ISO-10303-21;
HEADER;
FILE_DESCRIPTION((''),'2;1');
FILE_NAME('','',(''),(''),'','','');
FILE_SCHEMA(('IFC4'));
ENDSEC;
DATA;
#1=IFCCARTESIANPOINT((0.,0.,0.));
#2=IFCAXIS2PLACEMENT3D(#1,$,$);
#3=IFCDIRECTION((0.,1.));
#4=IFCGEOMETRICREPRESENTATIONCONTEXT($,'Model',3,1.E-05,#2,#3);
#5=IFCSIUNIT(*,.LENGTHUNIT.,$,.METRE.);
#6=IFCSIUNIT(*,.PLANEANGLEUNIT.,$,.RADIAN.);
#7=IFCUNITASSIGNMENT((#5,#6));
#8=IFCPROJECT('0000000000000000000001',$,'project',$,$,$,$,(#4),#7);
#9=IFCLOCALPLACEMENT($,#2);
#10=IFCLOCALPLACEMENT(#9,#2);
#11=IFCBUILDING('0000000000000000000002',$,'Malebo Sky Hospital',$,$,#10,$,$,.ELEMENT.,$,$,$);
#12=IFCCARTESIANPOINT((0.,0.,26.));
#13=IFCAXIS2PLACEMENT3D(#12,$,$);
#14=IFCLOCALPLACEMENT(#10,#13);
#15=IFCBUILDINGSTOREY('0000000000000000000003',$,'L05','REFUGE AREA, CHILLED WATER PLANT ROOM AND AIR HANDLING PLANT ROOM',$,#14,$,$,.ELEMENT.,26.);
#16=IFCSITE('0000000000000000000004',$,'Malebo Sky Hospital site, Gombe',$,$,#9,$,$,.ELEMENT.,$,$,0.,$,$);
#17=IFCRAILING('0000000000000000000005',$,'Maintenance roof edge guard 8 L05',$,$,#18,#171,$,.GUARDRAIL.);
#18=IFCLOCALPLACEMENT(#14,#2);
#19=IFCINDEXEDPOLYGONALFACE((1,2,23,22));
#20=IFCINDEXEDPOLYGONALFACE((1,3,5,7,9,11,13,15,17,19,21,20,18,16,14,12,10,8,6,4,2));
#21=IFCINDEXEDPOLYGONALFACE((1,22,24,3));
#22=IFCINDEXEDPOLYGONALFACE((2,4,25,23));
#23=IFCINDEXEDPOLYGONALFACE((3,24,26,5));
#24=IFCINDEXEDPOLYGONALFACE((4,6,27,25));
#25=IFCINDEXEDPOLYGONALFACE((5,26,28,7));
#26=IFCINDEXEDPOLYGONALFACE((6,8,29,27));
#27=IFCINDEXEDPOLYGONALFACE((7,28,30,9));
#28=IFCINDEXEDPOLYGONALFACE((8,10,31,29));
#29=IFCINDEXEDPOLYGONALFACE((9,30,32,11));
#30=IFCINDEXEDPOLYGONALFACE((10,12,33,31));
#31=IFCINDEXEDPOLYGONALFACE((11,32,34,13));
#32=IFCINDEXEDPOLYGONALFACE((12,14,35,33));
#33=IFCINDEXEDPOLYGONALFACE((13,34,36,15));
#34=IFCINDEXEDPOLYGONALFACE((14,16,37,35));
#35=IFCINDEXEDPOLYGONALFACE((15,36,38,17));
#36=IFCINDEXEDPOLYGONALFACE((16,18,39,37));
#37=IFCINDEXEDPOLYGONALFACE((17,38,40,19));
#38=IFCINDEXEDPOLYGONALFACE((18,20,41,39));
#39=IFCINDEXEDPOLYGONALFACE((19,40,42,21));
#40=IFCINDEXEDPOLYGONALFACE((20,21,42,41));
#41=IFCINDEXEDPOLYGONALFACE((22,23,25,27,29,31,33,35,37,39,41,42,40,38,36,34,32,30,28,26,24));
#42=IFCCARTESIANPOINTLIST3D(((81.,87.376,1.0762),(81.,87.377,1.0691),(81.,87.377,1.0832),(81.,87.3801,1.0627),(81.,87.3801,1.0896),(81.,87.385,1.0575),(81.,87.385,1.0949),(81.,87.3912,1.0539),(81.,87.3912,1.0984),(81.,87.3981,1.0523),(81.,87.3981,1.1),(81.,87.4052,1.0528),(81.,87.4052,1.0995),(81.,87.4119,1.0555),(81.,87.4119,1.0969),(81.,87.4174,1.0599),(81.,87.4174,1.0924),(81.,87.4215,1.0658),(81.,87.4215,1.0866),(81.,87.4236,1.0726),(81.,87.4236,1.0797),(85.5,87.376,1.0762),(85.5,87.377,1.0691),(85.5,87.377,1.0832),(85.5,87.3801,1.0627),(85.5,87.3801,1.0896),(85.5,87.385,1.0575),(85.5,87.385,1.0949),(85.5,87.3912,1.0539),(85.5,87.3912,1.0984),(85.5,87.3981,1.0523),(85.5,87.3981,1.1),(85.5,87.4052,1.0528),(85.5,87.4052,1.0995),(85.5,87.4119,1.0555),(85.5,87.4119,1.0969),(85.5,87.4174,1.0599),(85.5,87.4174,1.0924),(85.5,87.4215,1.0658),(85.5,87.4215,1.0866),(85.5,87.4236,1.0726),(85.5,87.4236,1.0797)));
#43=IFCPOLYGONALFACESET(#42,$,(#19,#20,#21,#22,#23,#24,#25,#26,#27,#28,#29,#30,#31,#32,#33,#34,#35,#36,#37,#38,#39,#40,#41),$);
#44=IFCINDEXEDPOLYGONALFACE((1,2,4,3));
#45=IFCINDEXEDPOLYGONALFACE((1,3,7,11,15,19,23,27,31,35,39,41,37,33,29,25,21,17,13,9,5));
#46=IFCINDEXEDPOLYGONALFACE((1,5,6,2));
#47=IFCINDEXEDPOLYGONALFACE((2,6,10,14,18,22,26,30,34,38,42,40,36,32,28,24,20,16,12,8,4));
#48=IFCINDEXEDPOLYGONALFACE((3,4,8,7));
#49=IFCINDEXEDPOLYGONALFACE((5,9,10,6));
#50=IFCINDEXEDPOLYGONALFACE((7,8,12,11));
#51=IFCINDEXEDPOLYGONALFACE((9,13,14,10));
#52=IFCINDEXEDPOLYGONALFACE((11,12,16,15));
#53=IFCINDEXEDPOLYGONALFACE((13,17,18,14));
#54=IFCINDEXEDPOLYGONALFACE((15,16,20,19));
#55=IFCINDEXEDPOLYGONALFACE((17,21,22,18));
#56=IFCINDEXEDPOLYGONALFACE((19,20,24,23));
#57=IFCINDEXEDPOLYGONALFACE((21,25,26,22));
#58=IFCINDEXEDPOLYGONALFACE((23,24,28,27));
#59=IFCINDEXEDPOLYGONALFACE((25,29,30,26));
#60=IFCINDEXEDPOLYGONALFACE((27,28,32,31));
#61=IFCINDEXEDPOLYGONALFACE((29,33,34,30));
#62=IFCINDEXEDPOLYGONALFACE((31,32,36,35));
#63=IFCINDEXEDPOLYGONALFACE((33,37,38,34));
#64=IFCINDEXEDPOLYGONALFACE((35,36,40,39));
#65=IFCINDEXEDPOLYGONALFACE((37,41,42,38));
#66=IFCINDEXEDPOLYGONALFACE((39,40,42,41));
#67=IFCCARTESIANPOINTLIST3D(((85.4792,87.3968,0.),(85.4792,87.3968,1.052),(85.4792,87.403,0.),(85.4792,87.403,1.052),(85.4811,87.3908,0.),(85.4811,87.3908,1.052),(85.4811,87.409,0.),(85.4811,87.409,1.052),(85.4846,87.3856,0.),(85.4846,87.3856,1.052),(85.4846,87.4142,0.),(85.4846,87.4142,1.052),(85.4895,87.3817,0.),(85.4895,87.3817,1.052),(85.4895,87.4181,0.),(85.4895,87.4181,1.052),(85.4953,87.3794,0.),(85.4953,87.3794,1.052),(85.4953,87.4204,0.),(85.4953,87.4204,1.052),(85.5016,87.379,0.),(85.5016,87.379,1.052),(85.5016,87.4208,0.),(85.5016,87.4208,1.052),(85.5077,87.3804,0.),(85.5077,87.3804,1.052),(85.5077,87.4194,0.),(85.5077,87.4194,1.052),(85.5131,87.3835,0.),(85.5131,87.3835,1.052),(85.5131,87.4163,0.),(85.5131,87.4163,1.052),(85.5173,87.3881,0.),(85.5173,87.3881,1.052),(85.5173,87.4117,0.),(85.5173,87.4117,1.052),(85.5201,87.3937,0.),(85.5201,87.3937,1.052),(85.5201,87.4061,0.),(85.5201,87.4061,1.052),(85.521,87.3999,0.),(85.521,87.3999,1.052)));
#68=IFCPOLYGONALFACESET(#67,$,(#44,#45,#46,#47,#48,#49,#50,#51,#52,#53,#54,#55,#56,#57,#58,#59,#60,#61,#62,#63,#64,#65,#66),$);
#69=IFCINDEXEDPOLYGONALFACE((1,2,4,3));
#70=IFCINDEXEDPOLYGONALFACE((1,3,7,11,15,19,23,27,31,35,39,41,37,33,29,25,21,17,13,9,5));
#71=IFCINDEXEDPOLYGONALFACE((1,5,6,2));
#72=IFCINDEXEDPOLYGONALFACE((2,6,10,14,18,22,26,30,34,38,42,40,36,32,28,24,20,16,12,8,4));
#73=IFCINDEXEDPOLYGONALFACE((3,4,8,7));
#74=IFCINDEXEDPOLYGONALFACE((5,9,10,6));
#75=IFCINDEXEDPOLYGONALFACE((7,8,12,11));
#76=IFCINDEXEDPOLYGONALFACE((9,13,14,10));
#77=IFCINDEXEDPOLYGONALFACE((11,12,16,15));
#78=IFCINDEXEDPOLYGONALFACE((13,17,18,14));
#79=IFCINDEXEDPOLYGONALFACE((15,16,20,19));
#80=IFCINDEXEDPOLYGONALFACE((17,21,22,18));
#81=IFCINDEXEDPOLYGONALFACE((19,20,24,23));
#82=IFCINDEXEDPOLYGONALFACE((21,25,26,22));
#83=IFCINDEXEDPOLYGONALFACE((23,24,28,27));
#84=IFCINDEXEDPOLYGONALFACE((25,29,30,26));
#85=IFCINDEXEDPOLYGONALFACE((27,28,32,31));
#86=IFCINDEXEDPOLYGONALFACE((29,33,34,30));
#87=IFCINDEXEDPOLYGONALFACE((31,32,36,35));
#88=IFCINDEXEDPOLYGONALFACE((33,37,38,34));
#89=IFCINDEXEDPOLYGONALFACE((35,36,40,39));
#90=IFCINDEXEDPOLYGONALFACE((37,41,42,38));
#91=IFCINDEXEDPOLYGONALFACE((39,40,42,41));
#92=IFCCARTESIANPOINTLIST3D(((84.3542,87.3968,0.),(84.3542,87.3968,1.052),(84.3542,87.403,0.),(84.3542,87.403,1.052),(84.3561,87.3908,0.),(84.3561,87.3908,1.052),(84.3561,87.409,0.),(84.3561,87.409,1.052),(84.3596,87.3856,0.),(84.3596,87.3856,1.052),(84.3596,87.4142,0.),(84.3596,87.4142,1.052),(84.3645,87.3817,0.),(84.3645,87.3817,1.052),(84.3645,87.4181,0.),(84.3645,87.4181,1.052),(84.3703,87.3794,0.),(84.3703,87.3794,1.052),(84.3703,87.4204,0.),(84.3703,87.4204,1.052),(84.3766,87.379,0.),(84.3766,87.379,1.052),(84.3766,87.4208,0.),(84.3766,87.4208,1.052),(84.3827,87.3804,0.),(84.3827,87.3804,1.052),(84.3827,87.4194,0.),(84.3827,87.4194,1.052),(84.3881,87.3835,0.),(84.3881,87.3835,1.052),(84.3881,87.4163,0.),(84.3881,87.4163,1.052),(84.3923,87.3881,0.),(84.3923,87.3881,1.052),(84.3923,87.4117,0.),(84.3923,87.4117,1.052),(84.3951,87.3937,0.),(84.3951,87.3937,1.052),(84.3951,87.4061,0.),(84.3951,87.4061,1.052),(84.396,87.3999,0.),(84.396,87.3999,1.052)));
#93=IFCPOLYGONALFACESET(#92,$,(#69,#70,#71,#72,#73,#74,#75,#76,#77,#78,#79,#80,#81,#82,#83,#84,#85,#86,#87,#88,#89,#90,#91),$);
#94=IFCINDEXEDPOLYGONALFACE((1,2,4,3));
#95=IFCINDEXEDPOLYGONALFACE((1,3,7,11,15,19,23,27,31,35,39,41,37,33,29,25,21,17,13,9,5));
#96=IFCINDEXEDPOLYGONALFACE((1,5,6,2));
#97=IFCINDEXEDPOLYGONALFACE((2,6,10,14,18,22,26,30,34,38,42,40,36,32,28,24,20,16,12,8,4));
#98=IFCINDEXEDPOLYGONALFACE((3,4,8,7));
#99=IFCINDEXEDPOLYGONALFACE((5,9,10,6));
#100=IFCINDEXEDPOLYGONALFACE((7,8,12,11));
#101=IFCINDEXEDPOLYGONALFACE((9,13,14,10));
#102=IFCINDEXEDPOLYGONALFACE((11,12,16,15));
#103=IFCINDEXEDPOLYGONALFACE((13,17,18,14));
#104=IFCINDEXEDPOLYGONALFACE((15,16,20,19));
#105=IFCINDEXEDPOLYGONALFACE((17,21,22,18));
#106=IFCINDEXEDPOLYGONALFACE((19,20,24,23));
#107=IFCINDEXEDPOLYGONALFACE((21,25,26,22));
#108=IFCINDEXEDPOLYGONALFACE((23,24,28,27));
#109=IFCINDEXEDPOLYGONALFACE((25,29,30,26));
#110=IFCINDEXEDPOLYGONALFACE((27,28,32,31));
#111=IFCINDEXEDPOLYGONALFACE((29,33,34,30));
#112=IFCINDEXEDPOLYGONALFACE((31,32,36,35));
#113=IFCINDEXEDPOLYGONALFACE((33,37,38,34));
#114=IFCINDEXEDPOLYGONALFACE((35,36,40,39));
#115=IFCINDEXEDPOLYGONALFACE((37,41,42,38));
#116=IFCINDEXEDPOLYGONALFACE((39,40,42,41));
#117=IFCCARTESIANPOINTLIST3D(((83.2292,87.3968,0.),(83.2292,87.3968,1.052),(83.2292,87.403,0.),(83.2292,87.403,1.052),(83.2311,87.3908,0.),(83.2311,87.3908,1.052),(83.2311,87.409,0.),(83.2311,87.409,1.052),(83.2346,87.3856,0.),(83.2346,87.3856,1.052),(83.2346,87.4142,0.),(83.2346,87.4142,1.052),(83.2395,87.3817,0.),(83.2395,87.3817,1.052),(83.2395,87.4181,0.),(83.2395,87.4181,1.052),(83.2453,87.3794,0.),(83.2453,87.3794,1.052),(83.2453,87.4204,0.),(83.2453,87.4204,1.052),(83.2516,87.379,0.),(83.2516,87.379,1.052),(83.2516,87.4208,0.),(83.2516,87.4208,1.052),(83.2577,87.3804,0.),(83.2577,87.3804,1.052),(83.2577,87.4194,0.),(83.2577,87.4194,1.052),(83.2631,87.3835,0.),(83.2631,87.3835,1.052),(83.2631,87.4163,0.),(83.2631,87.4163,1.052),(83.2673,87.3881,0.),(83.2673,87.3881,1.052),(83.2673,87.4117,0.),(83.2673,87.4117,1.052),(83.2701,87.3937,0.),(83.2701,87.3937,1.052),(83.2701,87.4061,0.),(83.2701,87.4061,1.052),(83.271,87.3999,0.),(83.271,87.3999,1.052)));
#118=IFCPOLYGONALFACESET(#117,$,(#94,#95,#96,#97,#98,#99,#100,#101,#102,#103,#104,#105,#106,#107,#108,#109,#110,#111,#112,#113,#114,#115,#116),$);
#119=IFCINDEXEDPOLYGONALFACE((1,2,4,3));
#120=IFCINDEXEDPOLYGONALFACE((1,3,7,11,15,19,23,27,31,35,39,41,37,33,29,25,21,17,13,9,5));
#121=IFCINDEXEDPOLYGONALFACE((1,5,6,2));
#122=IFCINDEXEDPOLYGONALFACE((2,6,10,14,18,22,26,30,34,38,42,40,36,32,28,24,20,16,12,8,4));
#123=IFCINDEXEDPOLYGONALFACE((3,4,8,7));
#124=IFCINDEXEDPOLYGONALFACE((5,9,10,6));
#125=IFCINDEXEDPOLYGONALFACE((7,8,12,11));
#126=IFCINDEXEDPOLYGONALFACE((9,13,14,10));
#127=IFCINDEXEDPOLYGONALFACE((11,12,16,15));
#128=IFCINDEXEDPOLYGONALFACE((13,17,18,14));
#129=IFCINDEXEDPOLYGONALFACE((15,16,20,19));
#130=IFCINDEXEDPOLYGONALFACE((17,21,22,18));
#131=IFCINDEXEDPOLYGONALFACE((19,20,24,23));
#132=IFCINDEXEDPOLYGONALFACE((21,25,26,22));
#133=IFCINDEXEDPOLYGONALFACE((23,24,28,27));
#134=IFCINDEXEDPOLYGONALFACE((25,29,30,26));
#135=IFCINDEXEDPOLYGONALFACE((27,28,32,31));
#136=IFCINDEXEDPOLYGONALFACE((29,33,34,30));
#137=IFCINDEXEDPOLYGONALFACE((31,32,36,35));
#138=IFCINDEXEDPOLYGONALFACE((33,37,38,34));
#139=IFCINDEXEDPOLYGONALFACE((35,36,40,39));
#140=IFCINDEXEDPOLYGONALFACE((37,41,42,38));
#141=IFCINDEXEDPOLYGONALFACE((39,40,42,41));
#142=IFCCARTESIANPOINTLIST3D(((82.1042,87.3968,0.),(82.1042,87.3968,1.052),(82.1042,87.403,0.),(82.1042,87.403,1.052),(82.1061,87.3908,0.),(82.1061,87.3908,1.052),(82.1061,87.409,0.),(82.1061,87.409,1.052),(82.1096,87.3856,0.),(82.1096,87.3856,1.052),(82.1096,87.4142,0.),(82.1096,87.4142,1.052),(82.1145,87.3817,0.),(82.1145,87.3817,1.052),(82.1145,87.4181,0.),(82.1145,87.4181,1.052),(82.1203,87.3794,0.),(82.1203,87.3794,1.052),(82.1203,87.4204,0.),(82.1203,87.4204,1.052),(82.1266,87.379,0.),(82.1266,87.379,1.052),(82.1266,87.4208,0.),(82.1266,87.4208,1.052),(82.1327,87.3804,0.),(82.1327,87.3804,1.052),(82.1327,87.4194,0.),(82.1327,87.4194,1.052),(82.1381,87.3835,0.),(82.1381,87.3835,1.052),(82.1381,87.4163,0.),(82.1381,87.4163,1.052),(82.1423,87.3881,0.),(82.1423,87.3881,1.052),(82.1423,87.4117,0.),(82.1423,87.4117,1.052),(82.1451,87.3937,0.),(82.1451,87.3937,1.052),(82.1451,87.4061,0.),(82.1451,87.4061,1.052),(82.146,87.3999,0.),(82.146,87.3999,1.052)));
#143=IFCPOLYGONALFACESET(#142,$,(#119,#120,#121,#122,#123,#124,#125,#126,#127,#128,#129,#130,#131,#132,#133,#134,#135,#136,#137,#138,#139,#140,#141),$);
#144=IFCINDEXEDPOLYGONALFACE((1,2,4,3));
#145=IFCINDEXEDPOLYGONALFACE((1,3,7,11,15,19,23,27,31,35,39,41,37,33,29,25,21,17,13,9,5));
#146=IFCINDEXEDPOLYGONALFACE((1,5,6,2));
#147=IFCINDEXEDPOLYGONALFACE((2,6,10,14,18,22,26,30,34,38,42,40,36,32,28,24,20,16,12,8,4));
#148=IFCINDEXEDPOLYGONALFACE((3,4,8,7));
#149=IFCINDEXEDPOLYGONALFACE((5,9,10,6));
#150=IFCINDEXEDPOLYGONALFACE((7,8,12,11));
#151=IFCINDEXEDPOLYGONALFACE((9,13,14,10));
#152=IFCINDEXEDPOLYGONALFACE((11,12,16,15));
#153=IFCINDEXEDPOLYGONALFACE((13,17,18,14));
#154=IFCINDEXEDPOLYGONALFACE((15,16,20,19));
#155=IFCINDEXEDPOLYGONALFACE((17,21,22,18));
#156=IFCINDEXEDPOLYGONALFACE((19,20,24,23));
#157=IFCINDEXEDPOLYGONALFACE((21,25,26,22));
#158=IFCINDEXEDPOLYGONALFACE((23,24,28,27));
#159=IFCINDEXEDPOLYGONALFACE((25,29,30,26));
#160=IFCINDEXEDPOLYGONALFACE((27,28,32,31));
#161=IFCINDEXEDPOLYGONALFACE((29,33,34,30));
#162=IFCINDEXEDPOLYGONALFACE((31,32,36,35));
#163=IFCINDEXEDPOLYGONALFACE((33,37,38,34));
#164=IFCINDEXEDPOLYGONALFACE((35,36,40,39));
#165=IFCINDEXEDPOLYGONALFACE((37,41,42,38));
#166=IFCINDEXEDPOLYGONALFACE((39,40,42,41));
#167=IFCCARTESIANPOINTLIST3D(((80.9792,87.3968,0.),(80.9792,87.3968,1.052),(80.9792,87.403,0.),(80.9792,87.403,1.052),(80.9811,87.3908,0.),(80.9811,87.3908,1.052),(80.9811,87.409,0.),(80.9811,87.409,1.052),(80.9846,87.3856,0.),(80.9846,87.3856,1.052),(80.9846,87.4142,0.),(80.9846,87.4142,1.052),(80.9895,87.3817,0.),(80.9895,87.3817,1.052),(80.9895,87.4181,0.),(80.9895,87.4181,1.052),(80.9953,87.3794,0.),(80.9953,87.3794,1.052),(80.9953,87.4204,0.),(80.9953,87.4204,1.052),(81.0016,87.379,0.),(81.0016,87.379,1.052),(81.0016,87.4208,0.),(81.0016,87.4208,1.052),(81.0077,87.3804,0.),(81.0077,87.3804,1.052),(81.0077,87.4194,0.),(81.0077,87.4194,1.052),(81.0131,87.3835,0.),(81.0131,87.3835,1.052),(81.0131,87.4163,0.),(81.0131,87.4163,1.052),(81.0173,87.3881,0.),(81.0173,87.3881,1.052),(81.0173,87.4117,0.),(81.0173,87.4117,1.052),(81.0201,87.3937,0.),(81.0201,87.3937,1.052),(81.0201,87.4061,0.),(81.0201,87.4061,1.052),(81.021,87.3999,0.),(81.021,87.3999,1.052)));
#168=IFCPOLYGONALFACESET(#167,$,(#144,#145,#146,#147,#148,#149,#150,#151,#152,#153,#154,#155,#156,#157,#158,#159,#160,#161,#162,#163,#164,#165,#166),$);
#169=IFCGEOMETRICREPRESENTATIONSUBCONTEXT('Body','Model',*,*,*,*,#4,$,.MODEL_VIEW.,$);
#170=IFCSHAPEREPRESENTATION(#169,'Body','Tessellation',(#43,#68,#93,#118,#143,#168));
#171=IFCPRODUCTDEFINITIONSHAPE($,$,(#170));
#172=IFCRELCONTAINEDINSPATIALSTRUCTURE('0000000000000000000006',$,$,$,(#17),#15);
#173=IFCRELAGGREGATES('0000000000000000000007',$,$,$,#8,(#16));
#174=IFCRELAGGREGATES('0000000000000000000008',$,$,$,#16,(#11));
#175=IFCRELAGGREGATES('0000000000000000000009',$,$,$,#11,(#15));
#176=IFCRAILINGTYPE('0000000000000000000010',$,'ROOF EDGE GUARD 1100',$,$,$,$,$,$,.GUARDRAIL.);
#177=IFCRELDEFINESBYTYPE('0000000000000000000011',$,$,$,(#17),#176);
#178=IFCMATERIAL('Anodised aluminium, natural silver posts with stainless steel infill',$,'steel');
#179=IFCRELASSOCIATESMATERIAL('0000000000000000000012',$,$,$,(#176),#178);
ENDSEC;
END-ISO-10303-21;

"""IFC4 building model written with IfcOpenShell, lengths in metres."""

from ifc_helpers import new_model, si_unit, direction, frame, origin, origin_2d, place, context, subcontext, project, spatial, circle, extrude, material, type_object, element, save


model = new_model("IFC4")

# Units and contexts
model_context = context("Model", 3, precision=1e-05, world=origin(), true_north=direction((0.0, 1.0)))
body_context = subcontext(model_context, "Body", "Model", "MODEL_VIEW")
ifc_project = project(units=[si_unit("LENGTHUNIT", "METRE"), si_unit("PLANEANGLEUNIT", "RADIAN")], contexts=[model_context])

# Site, building, storey
site_placement = place(None, origin())
site = spatial("IfcSite", under=ifc_project, at=site_placement, Name="Malebo Sky Hospital site, Gombe", CompositionType="ELEMENT", RefElevation=0.0)
building_placement = place(site_placement, origin())
building = spatial("IfcBuilding", under=site, at=building_placement, Name="Malebo Sky Hospital", CompositionType="ELEMENT")
storey_placement = place(building_placement, frame((0.0, 0.0, 26.0)))
storey = spatial("IfcBuildingStorey", under=building, at=storey_placement, Name="L05", Description="REFUGE AREA, CHILLED WATER PLANT ROOM AND AIR HANDLING PLANT ROOM", CompositionType="ELEMENT", Elevation=26.0)

# Railing
ifc_material_1 = material(Name="Anodised aluminium, natural silver posts with stainless steel infill", Category="steel")
railing_type = type_object("IfcRailingType", Name="ROOF EDGE GUARD 1100", PredefinedType="GUARDRAIL", material=ifc_material_1)
railing_placement = place(storey_placement, frame((85.5, 87.3999, 0.0)))
element("IfcRailing", 1, at=railing_placement, inside=storey, type_object=railing_type, Name="Maintenance roof edge guard 8 L05", PredefinedType="GUARDRAIL", context=body_context, shape_type="SweptSolid", body=[
    extrude(circle(Radius=0.0239, at=origin_2d()), frame((0.0, 0.0, 1.0762), z_axis=(-1.0, 0.0, 0.0), x_axis=(0.0, -1.0, 0.0)), (0.0, 0.0, 1.0), 4.5),
    extrude(circle(Radius=0.021, at=origin_2d()), origin(), (0.0, 0.0, 1.0), 1.052),
    extrude(circle(Radius=0.021, at=origin_2d()), frame((-1.125, 0.0, 0.0)), (0.0, 0.0, 1.0), 1.052),
    extrude(circle(Radius=0.021, at=origin_2d()), frame((-2.25, 0.0, 0.0)), (0.0, 0.0, 1.0), 1.052),
    extrude(circle(Radius=0.021, at=origin_2d()), frame((-3.375, 0.0, 0.0)), (0.0, 0.0, 1.0), 1.052),
    extrude(circle(Radius=0.021, at=origin_2d()), frame((-4.5, 0.0, 0.0)), (0.0, 0.0, 1.0), 1.052),
])

save(model, "model.ifc")
